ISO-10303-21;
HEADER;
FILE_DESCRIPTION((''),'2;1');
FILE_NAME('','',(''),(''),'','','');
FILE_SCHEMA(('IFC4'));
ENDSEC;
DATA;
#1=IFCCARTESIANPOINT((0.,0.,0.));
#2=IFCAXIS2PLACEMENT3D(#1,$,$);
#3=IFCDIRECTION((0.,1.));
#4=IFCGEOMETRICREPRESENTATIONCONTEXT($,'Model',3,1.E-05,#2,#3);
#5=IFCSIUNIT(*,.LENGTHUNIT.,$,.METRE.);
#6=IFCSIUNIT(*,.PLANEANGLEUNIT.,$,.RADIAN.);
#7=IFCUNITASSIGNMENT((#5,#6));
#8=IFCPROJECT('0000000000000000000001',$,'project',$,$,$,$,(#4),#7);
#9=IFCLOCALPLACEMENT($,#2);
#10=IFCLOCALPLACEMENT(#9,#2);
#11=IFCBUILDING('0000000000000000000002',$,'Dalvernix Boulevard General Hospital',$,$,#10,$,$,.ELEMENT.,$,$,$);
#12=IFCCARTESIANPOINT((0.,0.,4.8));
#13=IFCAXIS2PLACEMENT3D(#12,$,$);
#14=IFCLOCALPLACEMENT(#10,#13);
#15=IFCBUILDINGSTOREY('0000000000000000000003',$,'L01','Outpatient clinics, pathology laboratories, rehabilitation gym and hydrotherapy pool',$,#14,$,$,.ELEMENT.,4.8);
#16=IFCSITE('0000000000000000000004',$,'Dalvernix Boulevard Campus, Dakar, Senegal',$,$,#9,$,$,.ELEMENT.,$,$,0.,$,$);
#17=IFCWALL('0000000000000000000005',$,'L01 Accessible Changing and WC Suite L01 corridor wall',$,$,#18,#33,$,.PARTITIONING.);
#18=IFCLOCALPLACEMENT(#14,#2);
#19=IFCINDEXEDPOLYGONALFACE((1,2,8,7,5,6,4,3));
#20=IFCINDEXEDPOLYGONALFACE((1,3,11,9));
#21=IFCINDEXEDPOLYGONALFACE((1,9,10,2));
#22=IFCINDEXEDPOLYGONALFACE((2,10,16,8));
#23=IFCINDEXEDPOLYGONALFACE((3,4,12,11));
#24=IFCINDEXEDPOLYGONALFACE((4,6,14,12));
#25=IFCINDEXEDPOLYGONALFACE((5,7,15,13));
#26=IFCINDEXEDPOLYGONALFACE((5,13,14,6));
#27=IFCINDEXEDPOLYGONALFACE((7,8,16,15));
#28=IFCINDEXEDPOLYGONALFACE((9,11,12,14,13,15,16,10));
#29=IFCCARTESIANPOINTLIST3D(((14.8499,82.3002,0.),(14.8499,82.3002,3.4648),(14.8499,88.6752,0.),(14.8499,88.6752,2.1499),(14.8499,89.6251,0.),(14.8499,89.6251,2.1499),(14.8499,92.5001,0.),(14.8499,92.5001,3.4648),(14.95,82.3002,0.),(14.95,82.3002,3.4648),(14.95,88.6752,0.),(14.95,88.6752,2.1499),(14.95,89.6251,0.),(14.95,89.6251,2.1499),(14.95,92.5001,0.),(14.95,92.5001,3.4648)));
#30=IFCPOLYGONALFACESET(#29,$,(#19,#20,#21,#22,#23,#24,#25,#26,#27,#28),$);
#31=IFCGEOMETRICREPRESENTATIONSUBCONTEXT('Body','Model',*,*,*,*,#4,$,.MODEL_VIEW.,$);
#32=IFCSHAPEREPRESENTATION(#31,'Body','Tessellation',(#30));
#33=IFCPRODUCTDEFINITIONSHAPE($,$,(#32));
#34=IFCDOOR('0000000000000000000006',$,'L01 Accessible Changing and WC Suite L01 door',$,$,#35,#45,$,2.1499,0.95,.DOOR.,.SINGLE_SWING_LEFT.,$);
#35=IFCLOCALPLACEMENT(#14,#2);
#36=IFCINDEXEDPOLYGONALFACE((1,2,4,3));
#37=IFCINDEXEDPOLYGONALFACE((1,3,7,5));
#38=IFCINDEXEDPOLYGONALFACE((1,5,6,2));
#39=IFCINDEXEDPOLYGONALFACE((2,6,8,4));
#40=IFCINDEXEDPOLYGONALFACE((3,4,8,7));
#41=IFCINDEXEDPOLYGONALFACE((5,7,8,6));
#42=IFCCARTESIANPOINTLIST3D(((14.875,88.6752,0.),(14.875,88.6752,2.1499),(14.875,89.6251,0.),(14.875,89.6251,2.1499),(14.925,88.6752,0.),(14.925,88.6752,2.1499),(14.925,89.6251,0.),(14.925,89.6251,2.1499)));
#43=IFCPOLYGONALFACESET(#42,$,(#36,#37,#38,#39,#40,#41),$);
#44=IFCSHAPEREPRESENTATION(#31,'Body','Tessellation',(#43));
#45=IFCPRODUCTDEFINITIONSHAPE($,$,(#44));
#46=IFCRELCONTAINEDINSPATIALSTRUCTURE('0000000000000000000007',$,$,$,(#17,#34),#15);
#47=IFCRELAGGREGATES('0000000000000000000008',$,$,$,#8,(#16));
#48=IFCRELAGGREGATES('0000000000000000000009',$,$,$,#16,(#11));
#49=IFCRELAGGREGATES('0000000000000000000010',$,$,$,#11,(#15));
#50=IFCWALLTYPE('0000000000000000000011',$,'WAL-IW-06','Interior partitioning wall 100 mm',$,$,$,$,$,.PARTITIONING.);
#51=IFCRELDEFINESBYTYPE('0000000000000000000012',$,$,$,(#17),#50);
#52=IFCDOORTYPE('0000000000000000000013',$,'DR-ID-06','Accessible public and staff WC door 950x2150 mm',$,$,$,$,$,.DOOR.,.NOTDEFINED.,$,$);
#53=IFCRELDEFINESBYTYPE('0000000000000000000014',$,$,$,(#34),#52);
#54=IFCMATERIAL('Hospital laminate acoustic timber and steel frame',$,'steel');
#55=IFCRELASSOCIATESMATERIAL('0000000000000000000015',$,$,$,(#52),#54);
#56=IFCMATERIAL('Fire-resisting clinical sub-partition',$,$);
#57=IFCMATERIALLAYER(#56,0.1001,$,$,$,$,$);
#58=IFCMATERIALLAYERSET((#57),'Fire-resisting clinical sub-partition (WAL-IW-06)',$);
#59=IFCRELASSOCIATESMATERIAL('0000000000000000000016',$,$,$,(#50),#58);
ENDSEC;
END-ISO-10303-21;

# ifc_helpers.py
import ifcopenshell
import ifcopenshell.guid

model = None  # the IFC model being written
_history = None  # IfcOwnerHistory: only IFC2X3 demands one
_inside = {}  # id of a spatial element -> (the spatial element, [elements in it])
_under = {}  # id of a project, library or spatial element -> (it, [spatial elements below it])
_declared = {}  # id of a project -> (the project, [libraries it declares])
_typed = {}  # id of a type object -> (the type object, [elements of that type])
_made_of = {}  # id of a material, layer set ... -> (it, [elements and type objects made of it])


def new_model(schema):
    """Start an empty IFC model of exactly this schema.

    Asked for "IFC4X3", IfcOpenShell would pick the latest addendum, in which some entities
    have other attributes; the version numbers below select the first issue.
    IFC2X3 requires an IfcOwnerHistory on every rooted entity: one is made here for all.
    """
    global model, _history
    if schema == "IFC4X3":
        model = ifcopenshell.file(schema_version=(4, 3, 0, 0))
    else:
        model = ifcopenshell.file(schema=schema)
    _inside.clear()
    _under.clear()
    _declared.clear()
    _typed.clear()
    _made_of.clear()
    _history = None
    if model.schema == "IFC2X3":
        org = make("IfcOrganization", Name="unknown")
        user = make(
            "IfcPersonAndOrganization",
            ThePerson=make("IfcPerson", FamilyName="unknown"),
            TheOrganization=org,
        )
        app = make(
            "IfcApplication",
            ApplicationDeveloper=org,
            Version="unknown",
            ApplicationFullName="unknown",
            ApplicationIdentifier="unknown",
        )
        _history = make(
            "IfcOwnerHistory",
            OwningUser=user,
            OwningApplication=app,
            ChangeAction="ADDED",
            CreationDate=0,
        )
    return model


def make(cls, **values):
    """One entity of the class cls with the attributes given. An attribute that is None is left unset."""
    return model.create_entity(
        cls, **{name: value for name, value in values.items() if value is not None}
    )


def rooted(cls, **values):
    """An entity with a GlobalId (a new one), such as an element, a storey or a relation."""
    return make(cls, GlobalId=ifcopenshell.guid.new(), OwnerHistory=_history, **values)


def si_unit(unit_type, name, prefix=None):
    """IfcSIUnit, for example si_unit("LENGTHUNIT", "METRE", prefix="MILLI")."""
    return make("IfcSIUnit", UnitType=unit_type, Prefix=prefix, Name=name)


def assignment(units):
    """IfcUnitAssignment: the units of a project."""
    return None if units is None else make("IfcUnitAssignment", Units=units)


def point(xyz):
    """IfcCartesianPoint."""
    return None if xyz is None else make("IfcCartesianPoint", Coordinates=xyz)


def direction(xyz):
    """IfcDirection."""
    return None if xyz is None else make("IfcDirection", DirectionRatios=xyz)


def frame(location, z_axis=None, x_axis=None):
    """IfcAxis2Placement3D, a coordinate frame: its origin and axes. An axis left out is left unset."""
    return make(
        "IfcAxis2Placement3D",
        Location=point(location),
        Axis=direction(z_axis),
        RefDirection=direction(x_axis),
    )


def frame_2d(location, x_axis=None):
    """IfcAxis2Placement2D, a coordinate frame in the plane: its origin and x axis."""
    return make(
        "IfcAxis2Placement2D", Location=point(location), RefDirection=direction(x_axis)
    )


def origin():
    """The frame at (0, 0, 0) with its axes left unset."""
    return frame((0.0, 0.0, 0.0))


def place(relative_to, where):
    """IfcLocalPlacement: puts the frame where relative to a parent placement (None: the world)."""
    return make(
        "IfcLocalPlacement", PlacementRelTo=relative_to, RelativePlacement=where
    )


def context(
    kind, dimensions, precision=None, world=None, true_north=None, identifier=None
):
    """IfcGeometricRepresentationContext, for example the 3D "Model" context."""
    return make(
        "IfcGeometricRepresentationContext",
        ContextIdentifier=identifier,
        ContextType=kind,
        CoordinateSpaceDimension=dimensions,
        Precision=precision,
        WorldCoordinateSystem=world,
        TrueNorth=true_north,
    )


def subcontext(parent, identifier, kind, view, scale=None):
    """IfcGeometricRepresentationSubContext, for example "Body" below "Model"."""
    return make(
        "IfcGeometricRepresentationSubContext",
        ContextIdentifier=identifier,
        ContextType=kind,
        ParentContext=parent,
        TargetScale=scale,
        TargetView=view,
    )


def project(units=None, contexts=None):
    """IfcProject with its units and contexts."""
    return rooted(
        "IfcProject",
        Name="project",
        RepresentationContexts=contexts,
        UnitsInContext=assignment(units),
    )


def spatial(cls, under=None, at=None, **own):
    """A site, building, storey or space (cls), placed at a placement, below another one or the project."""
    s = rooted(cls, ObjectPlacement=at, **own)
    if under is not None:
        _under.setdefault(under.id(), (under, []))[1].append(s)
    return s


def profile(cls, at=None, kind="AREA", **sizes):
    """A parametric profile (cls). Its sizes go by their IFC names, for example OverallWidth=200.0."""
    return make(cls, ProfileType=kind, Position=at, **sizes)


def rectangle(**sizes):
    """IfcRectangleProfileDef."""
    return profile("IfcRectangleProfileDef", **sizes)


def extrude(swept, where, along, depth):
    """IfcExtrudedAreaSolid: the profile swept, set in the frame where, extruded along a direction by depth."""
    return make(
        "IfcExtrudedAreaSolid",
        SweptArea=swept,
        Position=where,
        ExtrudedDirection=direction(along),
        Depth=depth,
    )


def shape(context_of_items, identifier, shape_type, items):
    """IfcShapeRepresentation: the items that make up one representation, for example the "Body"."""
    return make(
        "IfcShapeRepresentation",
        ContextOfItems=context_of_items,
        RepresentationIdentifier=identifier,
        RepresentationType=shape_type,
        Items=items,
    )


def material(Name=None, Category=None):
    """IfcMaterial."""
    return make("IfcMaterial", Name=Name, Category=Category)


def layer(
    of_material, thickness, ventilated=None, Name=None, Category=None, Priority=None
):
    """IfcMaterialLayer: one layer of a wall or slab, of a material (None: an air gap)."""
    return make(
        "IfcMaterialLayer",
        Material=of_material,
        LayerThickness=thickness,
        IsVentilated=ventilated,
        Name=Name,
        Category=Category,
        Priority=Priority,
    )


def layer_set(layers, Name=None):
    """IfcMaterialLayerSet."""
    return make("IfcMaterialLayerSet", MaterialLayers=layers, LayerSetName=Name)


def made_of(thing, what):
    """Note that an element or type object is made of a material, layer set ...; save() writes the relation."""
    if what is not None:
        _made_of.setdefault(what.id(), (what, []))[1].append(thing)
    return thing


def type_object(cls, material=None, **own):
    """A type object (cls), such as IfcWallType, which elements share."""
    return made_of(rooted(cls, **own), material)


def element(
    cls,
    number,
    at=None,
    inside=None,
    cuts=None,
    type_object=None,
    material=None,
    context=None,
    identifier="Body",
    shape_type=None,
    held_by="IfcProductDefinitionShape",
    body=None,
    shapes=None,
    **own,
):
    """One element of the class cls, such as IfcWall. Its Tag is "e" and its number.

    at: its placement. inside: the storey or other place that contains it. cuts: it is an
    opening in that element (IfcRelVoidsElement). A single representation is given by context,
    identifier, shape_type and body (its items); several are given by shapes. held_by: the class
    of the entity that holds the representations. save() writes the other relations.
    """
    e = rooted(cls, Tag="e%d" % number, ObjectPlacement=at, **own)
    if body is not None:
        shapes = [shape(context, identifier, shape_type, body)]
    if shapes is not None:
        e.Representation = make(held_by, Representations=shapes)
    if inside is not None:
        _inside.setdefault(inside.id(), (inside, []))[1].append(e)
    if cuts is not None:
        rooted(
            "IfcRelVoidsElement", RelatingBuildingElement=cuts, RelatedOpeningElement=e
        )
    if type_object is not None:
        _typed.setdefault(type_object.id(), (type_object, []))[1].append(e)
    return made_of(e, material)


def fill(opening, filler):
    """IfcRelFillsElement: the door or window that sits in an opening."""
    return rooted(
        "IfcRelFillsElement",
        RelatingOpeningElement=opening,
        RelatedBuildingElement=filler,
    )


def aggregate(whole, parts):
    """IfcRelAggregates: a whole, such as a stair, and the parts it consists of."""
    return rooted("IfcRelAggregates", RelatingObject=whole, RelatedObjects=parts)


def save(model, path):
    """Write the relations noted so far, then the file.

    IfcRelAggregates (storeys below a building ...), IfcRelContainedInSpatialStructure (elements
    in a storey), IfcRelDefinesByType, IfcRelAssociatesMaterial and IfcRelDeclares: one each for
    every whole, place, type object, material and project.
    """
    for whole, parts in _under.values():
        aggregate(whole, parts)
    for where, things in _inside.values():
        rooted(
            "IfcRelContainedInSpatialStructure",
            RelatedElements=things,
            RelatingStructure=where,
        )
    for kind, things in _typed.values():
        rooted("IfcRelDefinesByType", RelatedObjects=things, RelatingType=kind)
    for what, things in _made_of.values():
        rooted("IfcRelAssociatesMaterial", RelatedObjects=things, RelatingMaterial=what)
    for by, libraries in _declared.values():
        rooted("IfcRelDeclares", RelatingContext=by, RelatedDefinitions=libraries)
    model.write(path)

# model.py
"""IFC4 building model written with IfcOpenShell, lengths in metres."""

from ifc_helpers import new_model, si_unit, direction, frame, frame_2d, origin, place, context, subcontext, project, spatial, rectangle, extrude, material, layer, layer_set, type_object, element, fill, save


model = new_model("IFC4")

# Units and contexts
model_context = context("Model", 3, precision=1e-05, world=origin(), true_north=direction((0.0, 1.0)))
body_context = subcontext(model_context, "Body", "Model", "MODEL_VIEW")
ifc_project = project(units=[si_unit("LENGTHUNIT", "METRE"), si_unit("PLANEANGLEUNIT", "RADIAN")], contexts=[model_context])

# Site, building, storey
site_placement = place(None, origin())
site = spatial("IfcSite", under=ifc_project, at=site_placement, Name="Dalvernix Boulevard Campus, Dakar, Senegal", CompositionType="ELEMENT", RefElevation=0.0)
building_placement = place(site_placement, origin())
building = spatial("IfcBuilding", under=site, at=building_placement, Name="Dalvernix Boulevard General Hospital", CompositionType="ELEMENT")
storey_placement = place(building_placement, frame((0.0, 0.0, 4.8)))
storey = spatial("IfcBuildingStorey", under=building, at=storey_placement, Name="L01", Description="Outpatient clinics, pathology laboratories, rehabilitation gym and hydrotherapy pool", CompositionType="ELEMENT", Elevation=4.8)

# Shared definitions
ifc_material_1 = material(Name="Hospital laminate acoustic timber and steel frame", Category="steel")
door_type_1 = type_object("IfcDoorType", Name="DR-ID-06", Description="Accessible public and staff WC door 950x2150 mm", OperationType="NOTDEFINED", PredefinedType="DOOR", material=ifc_material_1)

# Wall, opening, door
ifc_material_2 = material(Name="Fire-resisting clinical sub-partition")
ifc_layer_1 = layer(ifc_material_2, 0.1001)
ifc_layer_set_1 = layer_set([ifc_layer_1], Name="Fire-resisting clinical sub-partition (WAL-IW-06)")
wall_type_1 = type_object("IfcWallType", Name="WAL-IW-06", Description="Interior partitioning wall 100 mm", PredefinedType="PARTITIONING", material=ifc_layer_set_1)
wall_1_placement = place(storey_placement, frame((14.8999, 82.3, 0.0), z_axis=(0.0, 0.0, 1.0), x_axis=(0.0, 1.0, 0.0)))
wall_1 = element("IfcWall", 1, at=wall_1_placement, inside=storey, type_object=wall_type_1, Name="L01 Accessible Changing and WC Suite L01 corridor wall", PredefinedType="PARTITIONING", context=body_context, shape_type="SweptSolid", body=[
    extrude(rectangle(XDim=10.2, YDim=0.1001, at=frame_2d((5.1001, 0.0))), origin(), (0.0, 0.0, 1.0), 3.4648),
])
opening_1_placement = place(wall_1_placement, frame((6.375, 0.0, 0.0)))
opening_1 = element("IfcOpeningElement", 2, at=opening_1_placement, cuts=wall_1, PredefinedType="OPENING", context=body_context, shape_type="SweptSolid", body=[
    extrude(rectangle(XDim=0.95, YDim=2.1499, at=frame_2d((0.4751, 1.075))), frame((0.0, 0.0601, 0.0), z_axis=(0.0, -1.0, 0.0), x_axis=(1.0, 0.0, 0.0)), (0.0, 0.0, 1.0), 0.1201),
])
door_1_placement = place(opening_1_placement, origin())
door_1 = element("IfcDoor", 3, at=door_1_placement, inside=storey, type_object=door_type_1, Name="L01 Accessible Changing and WC Suite L01 door", OperationType="SINGLE_SWING_LEFT", OverallHeight=2.1499, OverallWidth=0.95, PredefinedType="DOOR", context=body_context, shape_type="SweptSolid", body=[
    extrude(rectangle(XDim=0.95, YDim=2.1499, at=frame_2d((0.4751, 1.075))), frame((0.0, 0.0249, 0.0), z_axis=(0.0, -1.0, 0.0), x_axis=(1.0, 0.0, 0.0)), (0.0, 0.0, 1.0), 0.05),
])
fill(opening_1, door_1)

save(model, "model.ifc")
